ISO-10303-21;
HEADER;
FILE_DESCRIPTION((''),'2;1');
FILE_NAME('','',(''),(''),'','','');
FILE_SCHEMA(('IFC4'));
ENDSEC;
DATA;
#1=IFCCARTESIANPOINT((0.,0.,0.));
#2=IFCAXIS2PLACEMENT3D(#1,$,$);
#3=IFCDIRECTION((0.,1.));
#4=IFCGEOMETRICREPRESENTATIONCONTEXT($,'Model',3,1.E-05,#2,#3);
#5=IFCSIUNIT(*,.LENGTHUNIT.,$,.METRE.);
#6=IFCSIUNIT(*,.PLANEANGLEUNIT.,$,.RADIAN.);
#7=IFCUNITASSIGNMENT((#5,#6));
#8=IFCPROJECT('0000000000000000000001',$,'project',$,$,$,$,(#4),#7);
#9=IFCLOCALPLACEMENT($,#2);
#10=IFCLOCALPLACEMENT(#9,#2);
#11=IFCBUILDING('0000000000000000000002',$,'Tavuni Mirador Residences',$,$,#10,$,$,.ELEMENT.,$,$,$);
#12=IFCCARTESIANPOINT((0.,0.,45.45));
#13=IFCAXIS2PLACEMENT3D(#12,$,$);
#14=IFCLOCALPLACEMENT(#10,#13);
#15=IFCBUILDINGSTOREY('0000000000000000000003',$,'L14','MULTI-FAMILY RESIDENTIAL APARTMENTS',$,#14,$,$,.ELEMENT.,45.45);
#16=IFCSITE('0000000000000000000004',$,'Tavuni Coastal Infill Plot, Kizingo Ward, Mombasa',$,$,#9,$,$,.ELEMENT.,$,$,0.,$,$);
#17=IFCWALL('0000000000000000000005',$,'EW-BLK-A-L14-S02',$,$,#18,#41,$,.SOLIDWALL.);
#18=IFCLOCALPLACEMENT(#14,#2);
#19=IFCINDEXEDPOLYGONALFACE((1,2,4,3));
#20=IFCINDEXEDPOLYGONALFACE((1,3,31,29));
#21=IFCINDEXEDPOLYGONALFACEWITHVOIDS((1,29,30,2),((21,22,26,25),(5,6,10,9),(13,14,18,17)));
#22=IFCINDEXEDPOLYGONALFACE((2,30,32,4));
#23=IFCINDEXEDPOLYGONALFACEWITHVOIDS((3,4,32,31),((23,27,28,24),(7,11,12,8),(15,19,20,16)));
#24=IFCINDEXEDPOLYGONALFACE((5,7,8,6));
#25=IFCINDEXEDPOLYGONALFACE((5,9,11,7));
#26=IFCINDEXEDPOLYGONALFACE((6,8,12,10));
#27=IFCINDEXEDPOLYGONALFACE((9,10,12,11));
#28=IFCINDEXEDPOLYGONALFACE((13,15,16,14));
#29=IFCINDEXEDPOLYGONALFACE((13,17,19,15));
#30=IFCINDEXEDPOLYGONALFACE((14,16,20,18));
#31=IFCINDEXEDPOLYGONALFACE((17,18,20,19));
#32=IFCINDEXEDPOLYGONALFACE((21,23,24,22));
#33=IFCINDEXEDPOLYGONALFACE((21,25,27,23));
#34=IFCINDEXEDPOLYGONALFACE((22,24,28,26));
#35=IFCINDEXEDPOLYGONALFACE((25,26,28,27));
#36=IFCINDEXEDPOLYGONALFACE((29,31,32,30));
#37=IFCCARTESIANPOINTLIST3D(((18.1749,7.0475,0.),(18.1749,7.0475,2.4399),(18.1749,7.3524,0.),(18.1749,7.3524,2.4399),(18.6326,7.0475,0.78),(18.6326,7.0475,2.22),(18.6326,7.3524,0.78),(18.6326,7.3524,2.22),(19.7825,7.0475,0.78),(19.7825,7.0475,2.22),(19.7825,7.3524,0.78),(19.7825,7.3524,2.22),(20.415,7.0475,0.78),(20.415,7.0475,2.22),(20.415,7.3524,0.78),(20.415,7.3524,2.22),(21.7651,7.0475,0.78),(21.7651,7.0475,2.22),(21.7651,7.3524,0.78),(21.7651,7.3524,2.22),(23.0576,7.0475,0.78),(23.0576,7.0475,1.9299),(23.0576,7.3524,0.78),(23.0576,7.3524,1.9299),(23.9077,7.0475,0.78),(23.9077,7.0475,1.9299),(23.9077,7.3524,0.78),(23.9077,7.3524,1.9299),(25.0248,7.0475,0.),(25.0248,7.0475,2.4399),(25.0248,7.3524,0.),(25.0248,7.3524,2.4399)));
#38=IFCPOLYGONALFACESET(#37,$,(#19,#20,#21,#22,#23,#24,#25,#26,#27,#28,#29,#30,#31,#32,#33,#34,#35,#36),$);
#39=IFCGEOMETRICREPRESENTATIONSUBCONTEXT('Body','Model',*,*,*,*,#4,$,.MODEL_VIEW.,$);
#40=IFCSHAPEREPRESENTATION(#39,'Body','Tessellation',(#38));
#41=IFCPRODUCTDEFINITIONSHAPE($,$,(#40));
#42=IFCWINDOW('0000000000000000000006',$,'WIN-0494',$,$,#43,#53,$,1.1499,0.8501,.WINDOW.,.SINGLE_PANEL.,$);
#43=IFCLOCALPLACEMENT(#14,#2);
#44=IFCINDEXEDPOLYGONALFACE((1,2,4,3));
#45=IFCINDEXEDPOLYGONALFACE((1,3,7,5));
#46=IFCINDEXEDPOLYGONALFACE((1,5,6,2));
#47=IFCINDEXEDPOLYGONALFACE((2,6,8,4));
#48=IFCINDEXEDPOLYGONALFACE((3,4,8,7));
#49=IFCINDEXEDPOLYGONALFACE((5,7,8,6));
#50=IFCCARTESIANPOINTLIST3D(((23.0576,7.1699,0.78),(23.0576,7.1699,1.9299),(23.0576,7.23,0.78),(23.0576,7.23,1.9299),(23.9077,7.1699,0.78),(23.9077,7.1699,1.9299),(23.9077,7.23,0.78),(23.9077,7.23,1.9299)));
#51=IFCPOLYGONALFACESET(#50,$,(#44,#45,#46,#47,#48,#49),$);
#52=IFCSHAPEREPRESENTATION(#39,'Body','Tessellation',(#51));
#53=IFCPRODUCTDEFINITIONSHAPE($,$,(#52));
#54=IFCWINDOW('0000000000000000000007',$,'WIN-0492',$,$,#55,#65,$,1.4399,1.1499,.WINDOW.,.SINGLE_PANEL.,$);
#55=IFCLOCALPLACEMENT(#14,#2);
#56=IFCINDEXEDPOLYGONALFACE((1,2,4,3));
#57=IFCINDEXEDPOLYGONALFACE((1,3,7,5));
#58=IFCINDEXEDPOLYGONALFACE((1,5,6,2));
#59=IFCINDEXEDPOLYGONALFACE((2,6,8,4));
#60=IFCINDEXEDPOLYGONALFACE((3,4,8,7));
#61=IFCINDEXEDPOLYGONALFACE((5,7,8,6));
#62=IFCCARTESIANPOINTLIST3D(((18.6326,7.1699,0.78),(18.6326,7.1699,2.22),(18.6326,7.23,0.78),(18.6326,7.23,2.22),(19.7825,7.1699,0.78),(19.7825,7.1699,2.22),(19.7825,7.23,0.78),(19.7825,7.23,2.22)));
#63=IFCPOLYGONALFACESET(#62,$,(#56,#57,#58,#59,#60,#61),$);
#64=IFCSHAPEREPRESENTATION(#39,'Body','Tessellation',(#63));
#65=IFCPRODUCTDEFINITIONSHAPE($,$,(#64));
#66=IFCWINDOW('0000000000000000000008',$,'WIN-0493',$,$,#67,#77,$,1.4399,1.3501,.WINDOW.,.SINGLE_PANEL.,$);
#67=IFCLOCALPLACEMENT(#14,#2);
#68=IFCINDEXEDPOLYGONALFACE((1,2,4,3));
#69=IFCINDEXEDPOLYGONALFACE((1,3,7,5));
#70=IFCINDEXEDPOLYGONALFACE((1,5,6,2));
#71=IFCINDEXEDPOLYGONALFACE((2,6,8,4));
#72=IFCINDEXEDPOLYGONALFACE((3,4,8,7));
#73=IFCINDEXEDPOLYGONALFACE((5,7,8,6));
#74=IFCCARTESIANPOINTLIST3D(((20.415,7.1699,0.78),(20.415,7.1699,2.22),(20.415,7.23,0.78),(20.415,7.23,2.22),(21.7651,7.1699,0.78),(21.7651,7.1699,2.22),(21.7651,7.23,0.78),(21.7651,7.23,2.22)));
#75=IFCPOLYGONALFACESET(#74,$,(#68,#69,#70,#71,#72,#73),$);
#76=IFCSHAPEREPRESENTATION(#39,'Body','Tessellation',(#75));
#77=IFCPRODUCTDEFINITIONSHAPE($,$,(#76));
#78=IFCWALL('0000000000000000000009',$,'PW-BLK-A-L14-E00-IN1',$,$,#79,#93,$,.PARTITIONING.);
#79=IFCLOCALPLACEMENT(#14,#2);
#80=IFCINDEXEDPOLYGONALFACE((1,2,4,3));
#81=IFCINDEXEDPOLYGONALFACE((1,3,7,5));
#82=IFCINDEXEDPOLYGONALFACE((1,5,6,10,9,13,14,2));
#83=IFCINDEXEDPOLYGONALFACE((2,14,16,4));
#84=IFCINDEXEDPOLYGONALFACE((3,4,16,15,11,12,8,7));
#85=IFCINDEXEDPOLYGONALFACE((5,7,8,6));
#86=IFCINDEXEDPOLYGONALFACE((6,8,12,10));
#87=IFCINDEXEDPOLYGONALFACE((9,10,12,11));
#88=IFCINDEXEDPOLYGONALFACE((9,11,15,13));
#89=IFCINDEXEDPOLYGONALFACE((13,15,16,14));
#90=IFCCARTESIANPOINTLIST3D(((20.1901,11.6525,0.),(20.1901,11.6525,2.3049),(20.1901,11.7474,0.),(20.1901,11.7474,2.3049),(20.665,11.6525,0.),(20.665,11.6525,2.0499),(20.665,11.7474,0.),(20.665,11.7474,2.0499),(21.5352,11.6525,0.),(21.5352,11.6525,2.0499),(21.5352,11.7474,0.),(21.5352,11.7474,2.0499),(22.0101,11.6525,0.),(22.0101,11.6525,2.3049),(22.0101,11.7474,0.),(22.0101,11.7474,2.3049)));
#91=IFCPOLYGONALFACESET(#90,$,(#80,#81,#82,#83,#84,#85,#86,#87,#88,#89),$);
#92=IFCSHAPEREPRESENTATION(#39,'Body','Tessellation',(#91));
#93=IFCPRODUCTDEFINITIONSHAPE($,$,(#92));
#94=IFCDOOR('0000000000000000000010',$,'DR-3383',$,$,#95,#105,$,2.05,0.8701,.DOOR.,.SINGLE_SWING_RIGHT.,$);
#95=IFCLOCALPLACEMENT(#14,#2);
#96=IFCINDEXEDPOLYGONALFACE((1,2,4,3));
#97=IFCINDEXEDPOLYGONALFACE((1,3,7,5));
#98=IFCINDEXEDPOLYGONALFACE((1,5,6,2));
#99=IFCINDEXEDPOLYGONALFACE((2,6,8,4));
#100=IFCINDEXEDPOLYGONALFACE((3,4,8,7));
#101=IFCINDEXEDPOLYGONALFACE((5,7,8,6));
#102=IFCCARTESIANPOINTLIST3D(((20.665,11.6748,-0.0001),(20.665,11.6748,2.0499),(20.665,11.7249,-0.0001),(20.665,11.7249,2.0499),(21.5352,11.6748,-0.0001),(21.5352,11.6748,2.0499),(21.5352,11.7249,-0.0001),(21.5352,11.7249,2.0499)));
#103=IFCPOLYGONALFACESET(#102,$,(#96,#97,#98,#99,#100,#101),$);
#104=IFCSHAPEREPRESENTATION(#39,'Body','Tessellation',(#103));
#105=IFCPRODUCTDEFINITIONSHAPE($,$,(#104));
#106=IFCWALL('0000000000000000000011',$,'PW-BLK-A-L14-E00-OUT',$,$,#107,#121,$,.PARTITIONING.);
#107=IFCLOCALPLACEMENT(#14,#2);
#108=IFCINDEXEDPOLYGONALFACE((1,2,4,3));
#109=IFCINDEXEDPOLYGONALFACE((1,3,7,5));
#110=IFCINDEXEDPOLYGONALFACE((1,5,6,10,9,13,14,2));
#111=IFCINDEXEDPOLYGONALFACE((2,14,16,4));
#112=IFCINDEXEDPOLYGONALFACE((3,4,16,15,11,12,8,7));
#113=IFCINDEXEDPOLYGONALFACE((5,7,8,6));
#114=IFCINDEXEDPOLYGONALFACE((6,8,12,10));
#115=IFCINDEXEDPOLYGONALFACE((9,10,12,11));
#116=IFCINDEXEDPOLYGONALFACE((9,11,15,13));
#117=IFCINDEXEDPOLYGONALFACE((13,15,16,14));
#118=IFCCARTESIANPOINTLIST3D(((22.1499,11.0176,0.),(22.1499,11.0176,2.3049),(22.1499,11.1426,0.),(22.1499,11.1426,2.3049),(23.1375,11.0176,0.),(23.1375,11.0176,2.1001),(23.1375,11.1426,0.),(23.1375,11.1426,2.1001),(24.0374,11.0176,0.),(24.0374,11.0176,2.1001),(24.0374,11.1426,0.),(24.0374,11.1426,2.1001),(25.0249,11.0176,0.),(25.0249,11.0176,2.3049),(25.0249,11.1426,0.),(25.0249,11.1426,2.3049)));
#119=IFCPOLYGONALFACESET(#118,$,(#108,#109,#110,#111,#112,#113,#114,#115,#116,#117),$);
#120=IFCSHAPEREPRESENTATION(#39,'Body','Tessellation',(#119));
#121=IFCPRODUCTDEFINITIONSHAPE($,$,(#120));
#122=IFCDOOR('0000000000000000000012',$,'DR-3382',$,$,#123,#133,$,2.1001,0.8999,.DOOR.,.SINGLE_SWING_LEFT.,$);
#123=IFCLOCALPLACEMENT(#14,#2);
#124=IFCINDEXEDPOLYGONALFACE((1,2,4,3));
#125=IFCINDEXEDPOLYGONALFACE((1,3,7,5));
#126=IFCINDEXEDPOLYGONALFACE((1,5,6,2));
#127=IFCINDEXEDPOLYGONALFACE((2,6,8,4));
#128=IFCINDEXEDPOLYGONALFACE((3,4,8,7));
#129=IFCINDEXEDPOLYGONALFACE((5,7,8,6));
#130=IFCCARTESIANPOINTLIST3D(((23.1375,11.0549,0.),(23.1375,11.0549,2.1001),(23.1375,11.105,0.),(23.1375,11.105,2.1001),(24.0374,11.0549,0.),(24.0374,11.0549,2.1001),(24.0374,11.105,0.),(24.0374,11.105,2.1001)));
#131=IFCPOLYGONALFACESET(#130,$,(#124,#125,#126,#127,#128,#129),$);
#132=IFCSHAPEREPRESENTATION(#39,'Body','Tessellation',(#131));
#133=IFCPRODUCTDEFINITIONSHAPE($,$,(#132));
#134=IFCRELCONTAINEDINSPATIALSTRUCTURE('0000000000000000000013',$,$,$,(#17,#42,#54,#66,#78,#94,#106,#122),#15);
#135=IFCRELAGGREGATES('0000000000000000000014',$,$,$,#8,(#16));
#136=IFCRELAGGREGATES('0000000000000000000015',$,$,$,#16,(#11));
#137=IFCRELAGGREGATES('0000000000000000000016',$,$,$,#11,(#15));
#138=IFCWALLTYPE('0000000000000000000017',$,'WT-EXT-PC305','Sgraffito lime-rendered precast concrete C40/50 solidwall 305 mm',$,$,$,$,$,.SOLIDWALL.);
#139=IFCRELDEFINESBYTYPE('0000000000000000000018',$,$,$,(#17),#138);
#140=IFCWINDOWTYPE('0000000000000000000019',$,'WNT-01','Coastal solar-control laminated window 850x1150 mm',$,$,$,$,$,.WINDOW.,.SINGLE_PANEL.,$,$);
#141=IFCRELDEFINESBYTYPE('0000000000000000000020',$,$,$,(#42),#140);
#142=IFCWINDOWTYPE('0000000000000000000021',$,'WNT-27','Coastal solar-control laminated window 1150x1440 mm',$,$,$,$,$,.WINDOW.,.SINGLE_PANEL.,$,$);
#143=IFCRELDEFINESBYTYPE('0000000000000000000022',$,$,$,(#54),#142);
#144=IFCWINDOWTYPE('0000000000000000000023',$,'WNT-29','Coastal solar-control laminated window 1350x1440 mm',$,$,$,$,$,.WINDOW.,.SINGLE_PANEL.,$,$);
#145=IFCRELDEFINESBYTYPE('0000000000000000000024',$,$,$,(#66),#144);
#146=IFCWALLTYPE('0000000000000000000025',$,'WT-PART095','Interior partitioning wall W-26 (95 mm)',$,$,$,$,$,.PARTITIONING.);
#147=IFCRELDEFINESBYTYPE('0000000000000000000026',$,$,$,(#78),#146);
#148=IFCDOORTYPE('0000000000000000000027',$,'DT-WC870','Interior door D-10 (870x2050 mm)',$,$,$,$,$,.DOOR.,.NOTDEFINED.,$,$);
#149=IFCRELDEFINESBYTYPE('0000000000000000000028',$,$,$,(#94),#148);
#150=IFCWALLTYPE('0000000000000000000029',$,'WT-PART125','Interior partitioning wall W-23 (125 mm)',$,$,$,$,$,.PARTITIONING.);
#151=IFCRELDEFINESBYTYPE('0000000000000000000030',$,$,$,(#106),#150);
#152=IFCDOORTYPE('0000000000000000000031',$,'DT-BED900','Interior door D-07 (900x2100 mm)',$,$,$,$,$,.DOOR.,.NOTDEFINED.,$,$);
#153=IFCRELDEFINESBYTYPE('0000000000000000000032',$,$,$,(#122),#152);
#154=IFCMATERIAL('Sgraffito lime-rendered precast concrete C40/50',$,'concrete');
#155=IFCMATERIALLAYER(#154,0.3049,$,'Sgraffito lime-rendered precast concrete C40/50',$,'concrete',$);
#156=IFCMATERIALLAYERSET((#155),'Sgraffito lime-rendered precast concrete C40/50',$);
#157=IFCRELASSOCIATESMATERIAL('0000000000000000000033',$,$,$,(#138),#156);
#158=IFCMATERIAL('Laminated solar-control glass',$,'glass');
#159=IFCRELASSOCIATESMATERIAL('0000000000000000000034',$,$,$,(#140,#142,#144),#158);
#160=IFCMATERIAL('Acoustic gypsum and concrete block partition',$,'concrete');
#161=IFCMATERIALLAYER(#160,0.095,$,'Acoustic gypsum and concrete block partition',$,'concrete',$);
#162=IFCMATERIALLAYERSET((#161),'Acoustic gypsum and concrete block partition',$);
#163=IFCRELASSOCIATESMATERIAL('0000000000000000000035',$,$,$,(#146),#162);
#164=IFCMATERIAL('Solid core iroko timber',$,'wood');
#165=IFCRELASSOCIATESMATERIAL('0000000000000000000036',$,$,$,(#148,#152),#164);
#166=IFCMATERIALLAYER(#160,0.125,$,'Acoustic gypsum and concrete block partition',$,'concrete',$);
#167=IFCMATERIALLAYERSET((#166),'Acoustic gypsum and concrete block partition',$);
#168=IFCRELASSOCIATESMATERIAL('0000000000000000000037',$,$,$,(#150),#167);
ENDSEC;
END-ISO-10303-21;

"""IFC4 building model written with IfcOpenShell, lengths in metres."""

from ifc_helpers import new_model, si_unit, direction, frame, frame_2d, origin, place, context, subcontext, project, spatial, rectangle, extrude, material, layer, layer_set, type_object, element, fill, save


model = new_model("IFC4")

# Units and contexts
model_context = context("Model", 3, precision=1e-05, world=origin(), true_north=direction((0.0, 1.0)))
body_context = subcontext(model_context, "Body", "Model", "MODEL_VIEW")
ifc_project = project(units=[si_unit("LENGTHUNIT", "METRE"), si_unit("PLANEANGLEUNIT", "RADIAN")], contexts=[model_context])

# Site, building, storey
site_placement = place(None, origin())
site = spatial("IfcSite", under=ifc_project, at=site_placement, Name="Tavuni Coastal Infill Plot, Kizingo Ward, Mombasa", CompositionType="ELEMENT", RefElevation=0.0)
building_placement = place(site_placement, origin())
building = spatial("IfcBuilding", under=site, at=building_placement, Name="Tavuni Mirador Residences", CompositionType="ELEMENT")
storey_placement = place(building_placement, frame((0.0, 0.0, 45.45)))
storey = spatial("IfcBuildingStorey", under=building, at=storey_placement, Name="L14", Description="MULTI-FAMILY RESIDENTIAL APARTMENTS", CompositionType="ELEMENT", Elevation=45.45)

# Shared definitions
ifc_material_1 = material(Name="Solid core iroko timber", Category="wood")

# Wall, openings, windows
ifc_material_2 = material(Name="Sgraffito lime-rendered precast concrete C40/50", Category="concrete")
ifc_layer_1 = layer(ifc_material_2, 0.3049, Name="Sgraffito lime-rendered precast concrete C40/50", Category="concrete")
ifc_layer_set_1 = layer_set([ifc_layer_1], Name="Sgraffito lime-rendered precast concrete C40/50")
wall_type_1 = type_object("IfcWallType", Name="WT-EXT-PC305", Description="Sgraffito lime-rendered precast concrete C40/50 solidwall 305 mm", PredefinedType="SOLIDWALL", material=ifc_layer_set_1)
wall_1_placement = place(storey_placement, frame((18.175, 7.2, 0.0), z_axis=(0.0, 0.0, 1.0), x_axis=(1.0, 0.0, 0.0)))
wall_1 = element("IfcWall", 1, at=wall_1_placement, inside=storey, type_object=wall_type_1, Name="EW-BLK-A-L14-S02", PredefinedType="SOLIDWALL", context=body_context, shape_type="SweptSolid", body=[
    extrude(rectangle(XDim=6.8499, YDim=0.3049, at=frame_2d((3.4248, 0.0))), origin(), (0.0, 0.0, 1.0), 2.4399),
])
opening_1_placement = place(wall_1_placement, frame((0.4575, 0.0, 0.78)))
opening_1 = element("IfcOpeningElement", 2, at=opening_1_placement, cuts=wall_1, PredefinedType="OPENING", context=body_context, shape_type="SweptSolid", body=[
    extrude(rectangle(XDim=1.1499, YDim=1.4399, at=frame_2d((0.575, 0.72))), frame((0.0, 0.1626, 0.0), z_axis=(0.0, -1.0, 0.0), x_axis=(1.0, 0.0, 0.0)), (0.0, 0.0, 1.0), 0.325),
])
opening_2_placement = place(wall_1_placement, frame((2.24, 0.0, 0.78)))
opening_2 = element("IfcOpeningElement", 3, at=opening_2_placement, cuts=wall_1, PredefinedType="OPENING", context=body_context, shape_type="SweptSolid", body=[
    extrude(rectangle(XDim=1.3501, YDim=1.4399, at=frame_2d((0.675, 0.72))), frame((0.0, 0.1626, 0.0), z_axis=(0.0, -1.0, 0.0), x_axis=(1.0, 0.0, 0.0)), (0.0, 0.0, 1.0), 0.325),
])
opening_3_placement = place(wall_1_placement, frame((4.8826, 0.0, 0.78)))
opening_3 = element("IfcOpeningElement", 4, at=opening_3_placement, cuts=wall_1, PredefinedType="OPENING", context=body_context, shape_type="SweptSolid", body=[
    extrude(rectangle(XDim=0.8501, YDim=1.1499, at=frame_2d((0.425, 0.575))), frame((0.0, 0.1626, 0.0), z_axis=(0.0, -1.0, 0.0), x_axis=(1.0, 0.0, 0.0)), (0.0, 0.0, 1.0), 0.325),
])
ifc_material_3 = material(Name="Laminated solar-control glass", Category="glass")
window_type_1 = type_object("IfcWindowType", Name="WNT-01", Description="Coastal solar-control laminated window 850x1150 mm", PartitioningType="SINGLE_PANEL", PredefinedType="WINDOW", material=ifc_material_3)
window_1_placement = place(opening_3_placement, origin())
window_1 = element("IfcWindow", 5, at=window_1_placement, inside=storey, type_object=window_type_1, Name="WIN-0494", OverallHeight=1.1499, OverallWidth=0.8501, PartitioningType="SINGLE_PANEL", PredefinedType="WINDOW", context=body_context, shape_type="SweptSolid", body=[
    extrude(rectangle(XDim=0.8501, YDim=1.1499, at=frame_2d((0.425, 0.575))), frame((0.0, 0.03, 0.0), z_axis=(0.0, -1.0, 0.0), x_axis=(1.0, 0.0, 0.0)), (0.0, 0.0, 1.0), 0.0601),
])
fill(opening_3, window_1)
window_type_2 = type_object("IfcWindowType", Name="WNT-27", Description="Coastal solar-control laminated window 1150x1440 mm", PartitioningType="SINGLE_PANEL", PredefinedType="WINDOW", material=ifc_material_3)
window_2_placement = place(opening_1_placement, origin())
window_2 = element("IfcWindow", 6, at=window_2_placement, inside=storey, type_object=window_type_2, Name="WIN-0492", OverallHeight=1.4399, OverallWidth=1.1499, PartitioningType="SINGLE_PANEL", PredefinedType="WINDOW", context=body_context, shape_type="SweptSolid", body=[
    extrude(rectangle(XDim=1.1499, YDim=1.4399, at=frame_2d((0.575, 0.72))), frame((0.0, 0.03, 0.0), z_axis=(0.0, -1.0, 0.0), x_axis=(1.0, 0.0, 0.0)), (0.0, 0.0, 1.0), 0.0601),
])
fill(opening_1, window_2)
window_type_3 = type_object("IfcWindowType", Name="WNT-29", Description="Coastal solar-control laminated window 1350x1440 mm", PartitioningType="SINGLE_PANEL", PredefinedType="WINDOW", material=ifc_material_3)
window_3_placement = place(opening_2_placement, origin())
window_3 = element("IfcWindow", 7, at=window_3_placement, inside=storey, type_object=window_type_3, Name="WIN-0493", OverallHeight=1.4399, OverallWidth=1.3501, PartitioningType="SINGLE_PANEL", PredefinedType="WINDOW", context=body_context, shape_type="SweptSolid", body=[
    extrude(rectangle(XDim=1.3501, YDim=1.4399, at=frame_2d((0.675, 0.72))), frame((0.0, 0.03, 0.0), z_axis=(0.0, -1.0, 0.0), x_axis=(1.0, 0.0, 0.0)), (0.0, 0.0, 1.0), 0.0601),
])
fill(opening_2, window_3)

# Walls, openings, doors
ifc_material_4 = material(Name="Acoustic gypsum and concrete block partition", Category="concrete")
ifc_layer_2 = layer(ifc_material_4, 0.095, Name="Acoustic gypsum and concrete block partition", Category="concrete")
ifc_layer_set_2 = layer_set([ifc_layer_2], Name="Acoustic gypsum and concrete block partition")
wall_type_2 = type_object("IfcWallType", Name="WT-PART095", Description="Interior partitioning wall W-26 (95 mm)", PredefinedType="PARTITIONING", material=ifc_layer_set_2)
wall_2_placement = place(storey_placement, frame((20.1899, 11.7, 0.0), z_axis=(0.0, 0.0, 1.0), x_axis=(1.0, 0.0, 0.0)))
wall_2 = element("IfcWall", 8, at=wall_2_placement, inside=storey, type_object=wall_type_2, Name="PW-BLK-A-L14-E00-IN1", PredefinedType="PARTITIONING", context=body_context, shape_type="SweptSolid", body=[
    extrude(rectangle(XDim=1.8201, YDim=0.095, at=frame_2d((0.9102, 0.0))), origin(), (0.0, 0.0, 1.0), 2.3049),
])
opening_4_placement = place(wall_2_placement, frame((0.4751, 0.0, 0.0)))
opening_4 = element("IfcOpeningElement", 9, at=opening_4_placement, cuts=wall_2, PredefinedType="OPENING", context=body_context, shape_type="SweptSolid", body=[
    extrude(rectangle(XDim=0.8701, YDim=2.05, at=frame_2d((0.4351, 1.0249))), frame((0.0, 0.0576, 0.0), z_axis=(0.0, -1.0, 0.0), x_axis=(1.0, 0.0, 0.0)), (0.0, 0.0, 1.0), 0.115),
])
door_type_1 = type_object("IfcDoorType", Name="DT-WC870", Description="Interior door D-10 (870x2050 mm)", OperationType="NOTDEFINED", PredefinedType="DOOR", material=ifc_material_1)
door_1_placement = place(opening_4_placement, origin())
door_1 = element("IfcDoor", 10, at=door_1_placement, inside=storey, type_object=door_type_1, Name="DR-3383", OperationType="SINGLE_SWING_RIGHT", OverallHeight=2.05, OverallWidth=0.8701, PredefinedType="DOOR", context=body_context, shape_type="SweptSolid", body=[
    extrude(rectangle(XDim=0.8701, YDim=2.05, at=frame_2d((0.4351, 1.0249))), frame((0.0, 0.0249, 0.0), z_axis=(0.0, -1.0, 0.0), x_axis=(1.0, 0.0, 0.0)), (0.0, 0.0, 1.0), 0.05),
])
fill(opening_4, door_1)
ifc_layer_3 = layer(ifc_material_4, 0.125, Name="Acoustic gypsum and concrete block partition", Category="concrete")
ifc_layer_set_3 = layer_set([ifc_layer_3], Name="Acoustic gypsum and concrete block partition")
wall_type_3 = type_object("IfcWallType", Name="WT-PART125", Description="Interior partitioning wall W-23 (125 mm)", PredefinedType="PARTITIONING", material=ifc_layer_set_3)
wall_3_placement = place(storey_placement, frame((22.1499, 11.0801, 0.0), z_axis=(0.0, 0.0, 1.0), x_axis=(1.0, 0.0, 0.0)))
wall_3 = element("IfcWall", 11, at=wall_3_placement, inside=storey, type_object=wall_type_3, Name="PW-BLK-A-L14-E00-OUT", PredefinedType="PARTITIONING", context=body_context, shape_type="SweptSolid", body=[
    extrude(rectangle(XDim=2.875, YDim=0.125, at=frame_2d((1.4375, 0.0))), origin(), (0.0, 0.0, 1.0), 2.3049),
])
opening_5_placement = place(wall_3_placement, frame((0.9875, 0.0, 0.0)))
opening_5 = element("IfcOpeningElement", 12, at=opening_5_placement, cuts=wall_3, PredefinedType="OPENING", context=body_context, shape_type="SweptSolid", body=[
    extrude(rectangle(XDim=0.8999, YDim=2.1001, at=frame_2d((0.45, 1.05))), frame((0.0, 0.0725, 0.0), z_axis=(0.0, -1.0, 0.0), x_axis=(1.0, 0.0, 0.0)), (0.0, 0.0, 1.0), 0.145),
])
door_type_2 = type_object("IfcDoorType", Name="DT-BED900", Description="Interior door D-07 (900x2100 mm)", OperationType="NOTDEFINED", PredefinedType="DOOR", material=ifc_material_1)
door_2_placement = place(opening_5_placement, origin())
door_2 = element("IfcDoor", 13, at=door_2_placement, inside=storey, type_object=door_type_2, Name="DR-3382", OperationType="SINGLE_SWING_LEFT", OverallHeight=2.1001, OverallWidth=0.8999, PredefinedType="DOOR", context=body_context, shape_type="SweptSolid", body=[
    extrude(rectangle(XDim=0.8999, YDim=2.1001, at=frame_2d((0.45, 1.05))), frame((0.0, 0.0249, 0.0), z_axis=(0.0, -1.0, 0.0), x_axis=(1.0, 0.0, 0.0)), (0.0, 0.0, 1.0), 0.05),
])
fill(opening_5, door_2)

save(model, "model.ifc")
